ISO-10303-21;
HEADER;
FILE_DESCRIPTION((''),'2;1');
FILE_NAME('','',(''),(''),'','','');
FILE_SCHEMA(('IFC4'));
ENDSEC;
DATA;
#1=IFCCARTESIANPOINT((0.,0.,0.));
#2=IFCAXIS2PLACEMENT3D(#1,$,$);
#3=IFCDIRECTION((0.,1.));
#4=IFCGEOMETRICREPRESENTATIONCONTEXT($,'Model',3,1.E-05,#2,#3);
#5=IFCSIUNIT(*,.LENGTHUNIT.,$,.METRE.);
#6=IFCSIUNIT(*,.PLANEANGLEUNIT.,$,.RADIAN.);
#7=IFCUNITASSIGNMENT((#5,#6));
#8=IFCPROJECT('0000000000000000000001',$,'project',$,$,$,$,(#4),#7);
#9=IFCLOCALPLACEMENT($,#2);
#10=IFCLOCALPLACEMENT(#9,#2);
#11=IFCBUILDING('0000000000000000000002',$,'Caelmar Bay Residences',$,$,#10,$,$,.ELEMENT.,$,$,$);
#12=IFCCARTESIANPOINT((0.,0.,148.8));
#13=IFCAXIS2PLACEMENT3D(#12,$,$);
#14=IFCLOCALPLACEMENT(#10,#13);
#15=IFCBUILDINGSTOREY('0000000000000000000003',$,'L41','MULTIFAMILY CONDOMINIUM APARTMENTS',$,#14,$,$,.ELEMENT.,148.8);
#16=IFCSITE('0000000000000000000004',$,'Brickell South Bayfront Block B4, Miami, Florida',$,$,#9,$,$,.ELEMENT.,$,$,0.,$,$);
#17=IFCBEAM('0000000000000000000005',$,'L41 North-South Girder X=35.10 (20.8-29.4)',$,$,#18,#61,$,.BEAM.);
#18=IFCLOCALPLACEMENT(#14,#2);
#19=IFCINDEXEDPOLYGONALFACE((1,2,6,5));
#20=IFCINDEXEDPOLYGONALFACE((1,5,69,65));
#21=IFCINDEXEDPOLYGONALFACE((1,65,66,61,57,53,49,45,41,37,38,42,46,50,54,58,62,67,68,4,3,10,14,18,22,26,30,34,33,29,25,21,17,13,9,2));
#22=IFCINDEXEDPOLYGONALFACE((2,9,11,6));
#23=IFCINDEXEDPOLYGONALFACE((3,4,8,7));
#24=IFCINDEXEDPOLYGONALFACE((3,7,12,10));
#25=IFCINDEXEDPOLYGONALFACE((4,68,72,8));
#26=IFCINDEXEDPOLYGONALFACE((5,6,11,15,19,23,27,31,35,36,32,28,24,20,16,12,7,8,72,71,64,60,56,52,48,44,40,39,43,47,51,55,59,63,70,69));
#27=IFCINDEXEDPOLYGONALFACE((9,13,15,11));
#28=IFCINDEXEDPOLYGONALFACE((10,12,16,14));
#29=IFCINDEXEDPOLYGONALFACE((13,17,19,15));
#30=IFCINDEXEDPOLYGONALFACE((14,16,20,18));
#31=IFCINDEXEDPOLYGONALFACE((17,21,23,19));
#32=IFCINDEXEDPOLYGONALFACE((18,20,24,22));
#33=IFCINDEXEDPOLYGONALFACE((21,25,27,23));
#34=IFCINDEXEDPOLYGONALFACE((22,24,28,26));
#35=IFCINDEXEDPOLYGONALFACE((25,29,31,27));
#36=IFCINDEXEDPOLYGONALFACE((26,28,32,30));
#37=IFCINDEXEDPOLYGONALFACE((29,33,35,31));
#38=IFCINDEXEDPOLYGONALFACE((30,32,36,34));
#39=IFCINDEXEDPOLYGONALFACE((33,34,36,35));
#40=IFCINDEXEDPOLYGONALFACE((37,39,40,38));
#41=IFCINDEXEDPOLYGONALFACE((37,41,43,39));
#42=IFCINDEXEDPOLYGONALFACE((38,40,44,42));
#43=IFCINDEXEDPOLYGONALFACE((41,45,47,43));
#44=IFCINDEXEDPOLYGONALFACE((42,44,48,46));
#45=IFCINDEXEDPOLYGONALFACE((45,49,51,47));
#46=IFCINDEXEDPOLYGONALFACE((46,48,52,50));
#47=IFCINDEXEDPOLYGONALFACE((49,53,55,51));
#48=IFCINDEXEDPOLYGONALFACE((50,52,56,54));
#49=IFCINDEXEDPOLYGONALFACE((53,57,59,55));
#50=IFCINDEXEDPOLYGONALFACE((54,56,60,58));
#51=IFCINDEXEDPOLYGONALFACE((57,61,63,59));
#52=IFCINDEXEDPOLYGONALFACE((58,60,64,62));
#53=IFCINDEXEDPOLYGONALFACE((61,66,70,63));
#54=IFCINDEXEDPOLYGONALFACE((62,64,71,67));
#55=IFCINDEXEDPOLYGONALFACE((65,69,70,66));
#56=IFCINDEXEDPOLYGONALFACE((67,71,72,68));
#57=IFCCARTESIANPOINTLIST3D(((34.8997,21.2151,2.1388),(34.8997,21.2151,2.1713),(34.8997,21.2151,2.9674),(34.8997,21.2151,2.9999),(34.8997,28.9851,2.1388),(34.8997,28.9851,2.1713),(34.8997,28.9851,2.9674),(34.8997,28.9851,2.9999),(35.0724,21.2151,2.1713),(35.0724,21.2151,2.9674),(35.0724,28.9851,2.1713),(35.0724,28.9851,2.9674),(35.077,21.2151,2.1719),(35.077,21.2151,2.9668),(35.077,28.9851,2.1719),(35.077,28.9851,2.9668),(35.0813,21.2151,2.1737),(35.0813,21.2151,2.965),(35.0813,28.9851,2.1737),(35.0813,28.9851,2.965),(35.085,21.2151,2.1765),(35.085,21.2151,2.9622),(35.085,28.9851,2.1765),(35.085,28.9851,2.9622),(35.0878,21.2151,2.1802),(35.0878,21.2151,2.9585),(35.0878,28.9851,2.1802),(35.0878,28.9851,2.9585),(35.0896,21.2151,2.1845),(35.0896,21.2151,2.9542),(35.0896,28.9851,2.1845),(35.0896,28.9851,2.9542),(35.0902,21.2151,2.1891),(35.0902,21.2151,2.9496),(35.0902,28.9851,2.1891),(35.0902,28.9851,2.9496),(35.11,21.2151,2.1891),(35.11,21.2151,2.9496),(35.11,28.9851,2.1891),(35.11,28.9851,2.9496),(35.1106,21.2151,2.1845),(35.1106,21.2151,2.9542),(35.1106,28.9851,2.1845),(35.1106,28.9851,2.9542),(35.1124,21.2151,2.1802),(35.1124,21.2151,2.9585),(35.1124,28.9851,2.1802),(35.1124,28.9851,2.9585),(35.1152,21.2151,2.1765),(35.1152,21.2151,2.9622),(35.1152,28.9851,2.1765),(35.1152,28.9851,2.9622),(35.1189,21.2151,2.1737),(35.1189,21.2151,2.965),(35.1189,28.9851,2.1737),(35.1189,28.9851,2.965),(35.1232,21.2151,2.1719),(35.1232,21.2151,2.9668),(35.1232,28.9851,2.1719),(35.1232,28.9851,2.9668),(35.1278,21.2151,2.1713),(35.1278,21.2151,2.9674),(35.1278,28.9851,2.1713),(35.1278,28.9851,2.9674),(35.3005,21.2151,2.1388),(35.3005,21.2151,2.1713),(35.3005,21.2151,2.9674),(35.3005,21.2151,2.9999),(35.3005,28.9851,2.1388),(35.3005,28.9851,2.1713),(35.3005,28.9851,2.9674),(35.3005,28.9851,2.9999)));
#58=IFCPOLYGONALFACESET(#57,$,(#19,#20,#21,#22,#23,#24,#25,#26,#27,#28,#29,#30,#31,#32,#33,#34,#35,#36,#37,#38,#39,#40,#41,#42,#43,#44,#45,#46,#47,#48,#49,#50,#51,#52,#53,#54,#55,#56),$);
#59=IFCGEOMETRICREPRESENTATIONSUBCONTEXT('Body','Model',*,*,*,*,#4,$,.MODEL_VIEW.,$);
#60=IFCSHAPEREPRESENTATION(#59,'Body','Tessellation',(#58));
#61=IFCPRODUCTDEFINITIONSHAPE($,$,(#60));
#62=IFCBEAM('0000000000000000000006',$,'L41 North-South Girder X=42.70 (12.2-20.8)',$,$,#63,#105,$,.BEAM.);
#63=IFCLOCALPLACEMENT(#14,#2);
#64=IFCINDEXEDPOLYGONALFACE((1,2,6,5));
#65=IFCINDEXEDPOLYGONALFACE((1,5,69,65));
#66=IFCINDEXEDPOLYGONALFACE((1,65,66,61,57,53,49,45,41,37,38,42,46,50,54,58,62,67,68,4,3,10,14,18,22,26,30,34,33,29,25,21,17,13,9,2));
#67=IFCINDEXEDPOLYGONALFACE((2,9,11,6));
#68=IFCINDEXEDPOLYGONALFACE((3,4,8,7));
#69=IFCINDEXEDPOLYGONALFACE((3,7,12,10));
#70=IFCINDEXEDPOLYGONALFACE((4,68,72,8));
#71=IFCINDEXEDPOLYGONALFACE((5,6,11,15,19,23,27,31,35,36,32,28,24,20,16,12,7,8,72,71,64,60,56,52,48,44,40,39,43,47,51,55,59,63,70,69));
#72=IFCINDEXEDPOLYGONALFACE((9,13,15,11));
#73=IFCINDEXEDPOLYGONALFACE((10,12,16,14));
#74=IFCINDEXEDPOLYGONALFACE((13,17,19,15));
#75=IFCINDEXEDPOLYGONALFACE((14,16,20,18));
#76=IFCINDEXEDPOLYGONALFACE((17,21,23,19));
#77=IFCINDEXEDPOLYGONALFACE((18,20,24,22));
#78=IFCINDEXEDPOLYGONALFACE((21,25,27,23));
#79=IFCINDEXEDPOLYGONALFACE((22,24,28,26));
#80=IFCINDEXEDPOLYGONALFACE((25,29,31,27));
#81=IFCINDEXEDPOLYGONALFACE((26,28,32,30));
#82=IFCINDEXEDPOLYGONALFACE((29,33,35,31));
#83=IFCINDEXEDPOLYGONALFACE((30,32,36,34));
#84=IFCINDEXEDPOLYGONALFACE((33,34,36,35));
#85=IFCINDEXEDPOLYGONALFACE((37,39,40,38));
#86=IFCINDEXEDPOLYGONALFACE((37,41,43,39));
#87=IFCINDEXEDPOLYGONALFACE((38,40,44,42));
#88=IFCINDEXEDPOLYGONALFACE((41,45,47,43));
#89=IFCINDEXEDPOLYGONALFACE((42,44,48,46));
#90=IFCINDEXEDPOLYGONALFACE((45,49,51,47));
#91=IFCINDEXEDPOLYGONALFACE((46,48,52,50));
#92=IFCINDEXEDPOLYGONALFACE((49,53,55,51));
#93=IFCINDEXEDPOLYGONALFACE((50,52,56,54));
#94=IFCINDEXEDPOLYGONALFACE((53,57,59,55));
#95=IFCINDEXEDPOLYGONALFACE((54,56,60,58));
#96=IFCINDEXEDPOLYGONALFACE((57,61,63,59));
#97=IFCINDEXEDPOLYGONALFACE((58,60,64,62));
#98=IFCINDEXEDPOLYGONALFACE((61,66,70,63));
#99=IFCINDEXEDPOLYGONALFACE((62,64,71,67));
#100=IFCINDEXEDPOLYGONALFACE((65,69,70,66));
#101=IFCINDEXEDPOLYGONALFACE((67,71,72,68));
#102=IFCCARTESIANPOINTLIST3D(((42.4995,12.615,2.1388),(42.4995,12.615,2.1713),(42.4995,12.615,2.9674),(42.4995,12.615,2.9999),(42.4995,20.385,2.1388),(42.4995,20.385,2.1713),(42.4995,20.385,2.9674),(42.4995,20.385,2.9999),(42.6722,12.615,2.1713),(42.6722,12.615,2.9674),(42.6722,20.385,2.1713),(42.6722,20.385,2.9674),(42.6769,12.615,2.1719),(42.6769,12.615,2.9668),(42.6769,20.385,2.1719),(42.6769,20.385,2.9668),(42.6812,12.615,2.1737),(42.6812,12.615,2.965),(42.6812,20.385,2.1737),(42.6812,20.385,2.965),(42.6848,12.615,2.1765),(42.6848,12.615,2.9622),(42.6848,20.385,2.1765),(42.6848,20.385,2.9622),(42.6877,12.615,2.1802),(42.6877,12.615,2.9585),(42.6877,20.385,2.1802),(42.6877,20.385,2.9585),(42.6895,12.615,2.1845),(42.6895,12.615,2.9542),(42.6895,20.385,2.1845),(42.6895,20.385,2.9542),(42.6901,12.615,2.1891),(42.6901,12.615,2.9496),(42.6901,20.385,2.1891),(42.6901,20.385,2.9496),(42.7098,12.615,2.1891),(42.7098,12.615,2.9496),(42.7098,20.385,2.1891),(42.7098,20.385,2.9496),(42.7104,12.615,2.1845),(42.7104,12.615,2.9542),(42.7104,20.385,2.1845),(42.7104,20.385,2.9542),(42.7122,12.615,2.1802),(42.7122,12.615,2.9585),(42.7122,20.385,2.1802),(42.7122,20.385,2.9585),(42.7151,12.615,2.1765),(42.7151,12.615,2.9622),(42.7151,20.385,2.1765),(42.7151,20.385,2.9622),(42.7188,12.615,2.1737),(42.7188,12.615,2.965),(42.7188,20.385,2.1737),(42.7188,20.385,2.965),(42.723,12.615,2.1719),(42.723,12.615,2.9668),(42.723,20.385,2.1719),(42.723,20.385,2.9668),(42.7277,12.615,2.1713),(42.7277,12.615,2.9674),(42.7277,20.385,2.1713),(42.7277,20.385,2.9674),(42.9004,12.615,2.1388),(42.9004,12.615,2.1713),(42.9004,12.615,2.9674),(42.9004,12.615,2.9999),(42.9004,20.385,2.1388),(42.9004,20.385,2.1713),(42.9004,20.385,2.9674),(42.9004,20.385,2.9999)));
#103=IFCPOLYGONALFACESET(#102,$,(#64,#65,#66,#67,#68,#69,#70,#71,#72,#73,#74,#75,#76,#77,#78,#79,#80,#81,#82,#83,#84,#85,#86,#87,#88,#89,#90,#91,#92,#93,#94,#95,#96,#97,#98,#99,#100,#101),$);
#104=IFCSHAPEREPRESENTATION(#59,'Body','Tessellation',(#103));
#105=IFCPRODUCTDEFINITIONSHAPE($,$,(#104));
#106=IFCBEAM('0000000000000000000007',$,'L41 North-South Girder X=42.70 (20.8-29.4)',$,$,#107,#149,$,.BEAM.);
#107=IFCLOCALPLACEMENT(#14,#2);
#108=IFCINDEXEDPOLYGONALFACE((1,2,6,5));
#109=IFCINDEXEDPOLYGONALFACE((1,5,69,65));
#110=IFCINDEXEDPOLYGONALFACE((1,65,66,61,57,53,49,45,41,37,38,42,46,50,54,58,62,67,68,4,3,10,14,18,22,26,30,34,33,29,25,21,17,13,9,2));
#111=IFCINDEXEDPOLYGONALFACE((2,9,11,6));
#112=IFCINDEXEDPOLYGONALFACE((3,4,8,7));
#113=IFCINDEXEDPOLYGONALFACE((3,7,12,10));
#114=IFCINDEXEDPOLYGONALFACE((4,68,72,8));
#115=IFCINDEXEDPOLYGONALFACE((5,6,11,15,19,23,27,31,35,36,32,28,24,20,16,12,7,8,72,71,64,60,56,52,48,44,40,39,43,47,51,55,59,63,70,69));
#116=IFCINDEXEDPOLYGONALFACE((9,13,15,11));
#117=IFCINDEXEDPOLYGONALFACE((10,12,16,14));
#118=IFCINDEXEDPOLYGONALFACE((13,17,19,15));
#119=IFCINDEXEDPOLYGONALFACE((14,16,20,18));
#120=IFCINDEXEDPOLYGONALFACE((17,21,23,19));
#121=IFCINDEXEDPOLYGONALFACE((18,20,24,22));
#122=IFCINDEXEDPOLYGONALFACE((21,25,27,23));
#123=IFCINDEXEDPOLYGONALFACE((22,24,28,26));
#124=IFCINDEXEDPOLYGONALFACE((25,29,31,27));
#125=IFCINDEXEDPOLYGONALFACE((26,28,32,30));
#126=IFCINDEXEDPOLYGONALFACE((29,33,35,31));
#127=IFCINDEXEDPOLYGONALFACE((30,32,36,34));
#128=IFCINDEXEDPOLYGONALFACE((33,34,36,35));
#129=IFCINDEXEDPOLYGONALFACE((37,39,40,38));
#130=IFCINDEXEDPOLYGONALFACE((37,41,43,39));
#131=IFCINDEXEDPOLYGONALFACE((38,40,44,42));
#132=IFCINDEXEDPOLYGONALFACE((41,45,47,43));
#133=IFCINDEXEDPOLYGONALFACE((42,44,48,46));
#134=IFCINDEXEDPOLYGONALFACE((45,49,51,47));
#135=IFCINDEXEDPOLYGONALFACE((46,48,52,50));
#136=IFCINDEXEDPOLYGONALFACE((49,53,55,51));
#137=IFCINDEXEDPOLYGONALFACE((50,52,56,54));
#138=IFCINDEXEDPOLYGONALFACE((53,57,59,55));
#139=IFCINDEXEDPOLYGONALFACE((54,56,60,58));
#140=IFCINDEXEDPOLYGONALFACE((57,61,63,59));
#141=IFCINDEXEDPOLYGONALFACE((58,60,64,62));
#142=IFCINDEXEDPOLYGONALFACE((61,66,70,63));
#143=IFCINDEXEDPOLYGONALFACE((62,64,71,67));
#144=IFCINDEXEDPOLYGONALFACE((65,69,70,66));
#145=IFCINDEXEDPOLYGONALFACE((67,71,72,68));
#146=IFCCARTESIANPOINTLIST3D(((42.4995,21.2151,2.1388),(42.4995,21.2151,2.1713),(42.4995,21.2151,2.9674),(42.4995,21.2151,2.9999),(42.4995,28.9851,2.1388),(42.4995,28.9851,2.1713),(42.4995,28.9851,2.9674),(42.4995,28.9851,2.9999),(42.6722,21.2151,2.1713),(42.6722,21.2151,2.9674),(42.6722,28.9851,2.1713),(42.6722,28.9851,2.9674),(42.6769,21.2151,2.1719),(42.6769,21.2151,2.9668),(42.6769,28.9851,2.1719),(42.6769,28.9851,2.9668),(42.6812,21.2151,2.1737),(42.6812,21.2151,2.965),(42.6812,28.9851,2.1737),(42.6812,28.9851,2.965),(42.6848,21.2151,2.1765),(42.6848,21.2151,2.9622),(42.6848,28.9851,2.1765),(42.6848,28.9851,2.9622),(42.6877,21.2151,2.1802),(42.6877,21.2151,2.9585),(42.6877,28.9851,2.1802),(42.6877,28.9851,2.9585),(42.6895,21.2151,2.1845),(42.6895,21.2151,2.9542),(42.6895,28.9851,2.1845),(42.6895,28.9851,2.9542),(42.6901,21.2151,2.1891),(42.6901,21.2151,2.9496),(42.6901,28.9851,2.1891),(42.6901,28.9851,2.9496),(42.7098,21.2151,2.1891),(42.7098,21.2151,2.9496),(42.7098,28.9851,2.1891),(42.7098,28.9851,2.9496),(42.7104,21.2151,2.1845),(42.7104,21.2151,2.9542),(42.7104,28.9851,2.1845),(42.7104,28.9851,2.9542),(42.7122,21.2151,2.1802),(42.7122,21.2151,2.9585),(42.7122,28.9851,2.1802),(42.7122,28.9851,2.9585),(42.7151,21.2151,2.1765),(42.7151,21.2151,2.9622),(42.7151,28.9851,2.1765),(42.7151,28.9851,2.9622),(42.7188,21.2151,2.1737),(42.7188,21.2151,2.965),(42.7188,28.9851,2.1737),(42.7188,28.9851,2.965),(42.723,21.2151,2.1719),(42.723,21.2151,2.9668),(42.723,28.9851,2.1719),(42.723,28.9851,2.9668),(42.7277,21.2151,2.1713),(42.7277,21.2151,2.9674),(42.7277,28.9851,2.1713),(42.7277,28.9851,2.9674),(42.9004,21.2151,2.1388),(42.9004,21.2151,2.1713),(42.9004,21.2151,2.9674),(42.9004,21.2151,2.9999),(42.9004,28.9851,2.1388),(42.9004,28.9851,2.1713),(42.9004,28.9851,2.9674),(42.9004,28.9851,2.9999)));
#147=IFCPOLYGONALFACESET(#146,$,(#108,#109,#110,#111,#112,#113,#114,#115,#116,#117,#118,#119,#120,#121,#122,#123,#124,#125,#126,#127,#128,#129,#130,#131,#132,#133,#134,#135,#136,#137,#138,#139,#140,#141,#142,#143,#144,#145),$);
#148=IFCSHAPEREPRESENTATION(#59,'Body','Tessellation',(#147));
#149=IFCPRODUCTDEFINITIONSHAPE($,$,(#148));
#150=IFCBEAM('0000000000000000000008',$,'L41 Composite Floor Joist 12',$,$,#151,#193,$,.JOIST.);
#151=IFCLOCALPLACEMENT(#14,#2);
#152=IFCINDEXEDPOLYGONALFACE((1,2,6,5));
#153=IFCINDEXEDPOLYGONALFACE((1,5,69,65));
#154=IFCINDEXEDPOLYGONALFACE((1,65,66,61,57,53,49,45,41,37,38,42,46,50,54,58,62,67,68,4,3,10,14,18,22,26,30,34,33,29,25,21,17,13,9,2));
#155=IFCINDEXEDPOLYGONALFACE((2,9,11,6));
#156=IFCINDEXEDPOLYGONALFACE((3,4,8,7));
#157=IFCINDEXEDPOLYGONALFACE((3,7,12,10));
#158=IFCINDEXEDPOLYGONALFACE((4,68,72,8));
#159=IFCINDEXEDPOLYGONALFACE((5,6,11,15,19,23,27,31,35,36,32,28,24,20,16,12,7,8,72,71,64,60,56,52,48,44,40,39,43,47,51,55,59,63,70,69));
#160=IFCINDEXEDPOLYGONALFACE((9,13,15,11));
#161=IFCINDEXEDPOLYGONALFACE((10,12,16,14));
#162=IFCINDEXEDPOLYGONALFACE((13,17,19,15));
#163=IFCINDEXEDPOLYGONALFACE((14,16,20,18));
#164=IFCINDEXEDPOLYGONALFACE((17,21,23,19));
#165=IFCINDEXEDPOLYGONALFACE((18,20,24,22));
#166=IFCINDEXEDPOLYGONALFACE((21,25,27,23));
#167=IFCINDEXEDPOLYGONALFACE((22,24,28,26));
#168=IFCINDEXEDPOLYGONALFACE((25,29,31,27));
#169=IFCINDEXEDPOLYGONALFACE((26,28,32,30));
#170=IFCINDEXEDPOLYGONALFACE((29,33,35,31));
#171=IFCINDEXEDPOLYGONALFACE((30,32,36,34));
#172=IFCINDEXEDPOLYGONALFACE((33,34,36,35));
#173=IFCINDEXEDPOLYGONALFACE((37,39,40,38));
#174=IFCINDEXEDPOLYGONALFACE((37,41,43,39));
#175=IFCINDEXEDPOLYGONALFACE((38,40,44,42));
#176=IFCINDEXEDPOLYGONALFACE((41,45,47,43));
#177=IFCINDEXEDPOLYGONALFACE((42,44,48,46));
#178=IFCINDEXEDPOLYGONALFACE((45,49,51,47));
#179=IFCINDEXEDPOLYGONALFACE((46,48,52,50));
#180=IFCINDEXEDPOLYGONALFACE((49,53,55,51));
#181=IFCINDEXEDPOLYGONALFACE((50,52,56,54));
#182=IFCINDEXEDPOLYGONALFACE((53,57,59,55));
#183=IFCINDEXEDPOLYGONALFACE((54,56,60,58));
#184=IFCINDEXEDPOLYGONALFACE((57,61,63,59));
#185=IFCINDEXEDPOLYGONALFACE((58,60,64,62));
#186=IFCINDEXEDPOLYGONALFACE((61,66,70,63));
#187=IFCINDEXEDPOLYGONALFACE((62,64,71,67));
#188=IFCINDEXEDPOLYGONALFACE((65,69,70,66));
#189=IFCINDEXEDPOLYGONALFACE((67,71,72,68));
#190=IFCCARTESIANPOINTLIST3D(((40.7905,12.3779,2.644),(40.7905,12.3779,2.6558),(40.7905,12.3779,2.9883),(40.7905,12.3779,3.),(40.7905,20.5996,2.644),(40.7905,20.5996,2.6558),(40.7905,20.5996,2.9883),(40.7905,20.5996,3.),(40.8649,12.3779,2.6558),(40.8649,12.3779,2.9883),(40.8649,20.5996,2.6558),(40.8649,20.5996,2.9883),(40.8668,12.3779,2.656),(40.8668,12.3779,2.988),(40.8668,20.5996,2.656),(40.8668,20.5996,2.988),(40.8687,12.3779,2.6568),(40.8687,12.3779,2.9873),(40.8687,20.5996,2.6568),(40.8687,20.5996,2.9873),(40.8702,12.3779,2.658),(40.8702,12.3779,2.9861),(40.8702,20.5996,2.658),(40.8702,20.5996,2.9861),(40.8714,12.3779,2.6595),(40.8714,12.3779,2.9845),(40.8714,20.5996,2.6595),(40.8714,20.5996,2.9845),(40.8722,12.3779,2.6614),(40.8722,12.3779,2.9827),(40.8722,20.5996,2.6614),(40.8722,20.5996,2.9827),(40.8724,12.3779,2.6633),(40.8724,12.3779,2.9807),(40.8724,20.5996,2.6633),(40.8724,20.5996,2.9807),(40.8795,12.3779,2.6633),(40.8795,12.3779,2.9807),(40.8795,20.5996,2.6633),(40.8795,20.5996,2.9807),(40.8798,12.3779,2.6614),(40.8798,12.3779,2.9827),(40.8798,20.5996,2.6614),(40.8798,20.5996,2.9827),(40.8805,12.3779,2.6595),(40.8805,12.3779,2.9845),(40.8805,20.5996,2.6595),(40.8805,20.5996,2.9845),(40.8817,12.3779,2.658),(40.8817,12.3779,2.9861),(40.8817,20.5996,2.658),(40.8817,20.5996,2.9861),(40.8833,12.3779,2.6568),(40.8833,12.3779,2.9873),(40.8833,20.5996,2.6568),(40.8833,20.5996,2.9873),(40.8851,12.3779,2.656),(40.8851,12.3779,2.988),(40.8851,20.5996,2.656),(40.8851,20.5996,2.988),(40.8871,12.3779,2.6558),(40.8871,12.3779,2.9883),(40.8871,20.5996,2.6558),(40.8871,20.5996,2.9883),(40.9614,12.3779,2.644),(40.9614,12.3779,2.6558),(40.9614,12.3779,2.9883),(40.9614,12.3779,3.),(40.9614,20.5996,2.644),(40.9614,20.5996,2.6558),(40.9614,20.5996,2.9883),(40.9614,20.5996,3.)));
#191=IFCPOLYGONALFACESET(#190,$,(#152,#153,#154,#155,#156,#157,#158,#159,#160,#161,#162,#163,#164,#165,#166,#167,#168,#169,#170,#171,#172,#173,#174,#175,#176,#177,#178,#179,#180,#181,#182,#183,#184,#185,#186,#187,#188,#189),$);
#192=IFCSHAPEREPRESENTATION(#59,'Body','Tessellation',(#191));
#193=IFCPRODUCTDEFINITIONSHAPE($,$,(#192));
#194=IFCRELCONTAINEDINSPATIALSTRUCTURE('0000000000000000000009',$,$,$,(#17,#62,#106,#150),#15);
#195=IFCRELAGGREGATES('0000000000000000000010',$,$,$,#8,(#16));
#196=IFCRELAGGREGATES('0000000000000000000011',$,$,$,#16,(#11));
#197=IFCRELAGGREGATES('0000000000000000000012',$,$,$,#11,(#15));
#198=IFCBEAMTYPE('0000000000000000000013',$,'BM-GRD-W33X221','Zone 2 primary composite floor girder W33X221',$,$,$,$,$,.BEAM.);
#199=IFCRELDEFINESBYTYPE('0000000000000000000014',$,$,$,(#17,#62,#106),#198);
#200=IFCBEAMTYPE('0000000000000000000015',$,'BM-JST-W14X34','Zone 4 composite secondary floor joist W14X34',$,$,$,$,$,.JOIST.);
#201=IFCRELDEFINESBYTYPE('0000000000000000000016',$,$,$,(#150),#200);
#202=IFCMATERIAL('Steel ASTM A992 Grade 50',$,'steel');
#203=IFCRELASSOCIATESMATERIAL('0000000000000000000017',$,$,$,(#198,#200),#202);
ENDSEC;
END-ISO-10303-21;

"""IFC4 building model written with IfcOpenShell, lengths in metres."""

from ifc_helpers import new_model, si_unit, direction, frame, origin, origin_2d, place, context, subcontext, project, spatial, i_section, extrude, material, material_profile, profile_set, type_object, element, save


model = new_model("IFC4")

# Units and contexts
model_context = context("Model", 3, precision=1e-05, world=origin(), true_north=direction((0.0, 1.0)))
body_context = subcontext(model_context, "Body", "Model", "MODEL_VIEW")
ifc_project = project(units=[si_unit("LENGTHUNIT", "METRE"), si_unit("PLANEANGLEUNIT", "RADIAN")], contexts=[model_context])

# Site, building, storey
site_placement = place(None, origin())
site = spatial("IfcSite", under=ifc_project, at=site_placement, Name="Brickell South Bayfront Block B4, Miami, Florida", CompositionType="ELEMENT", RefElevation=0.0)
building_placement = place(site_placement, origin())
building = spatial("IfcBuilding", under=site, at=building_placement, Name="Caelmar Bay Residences", CompositionType="ELEMENT")
storey_placement = place(building_placement, frame((0.0, 0.0, 148.8)))
storey = spatial("IfcBuildingStorey", under=building, at=storey_placement, Name="L41", Description="MULTIFAMILY CONDOMINIUM APARTMENTS", CompositionType="ELEMENT", Elevation=148.8)

# Beams
ifc_material_1 = material(Name="Steel ASTM A992 Grade 50", Category="steel")
ifc_material_profile_1 = material_profile(ifc_material_1, i_section(OverallWidth=0.4009, OverallDepth=0.8611, WebThickness=0.0198, FlangeThickness=0.0325, FilletRadius=0.0178, at=origin_2d()), Name="W33X221")
ifc_profile_set_1 = profile_set([ifc_material_profile_1], Name="Steel ASTM A992 Grade 50")
beam_type_1 = type_object("IfcBeamType", Name="BM-GRD-W33X221", Description="Zone 2 primary composite floor girder W33X221", PredefinedType="BEAM", material=ifc_profile_set_1)
for number, where, z_axis, x_axis, name in (
    (1, (35.1001, 21.2151, 2.5693), (0.0, 1.0, 0.0), (-1.0, 0.0, 0.0), "L41 North-South Girder X=35.10 (20.8-29.4)"),
    (2, (42.7, 12.615, 2.5693), (0.0, 1.0, 0.0), (-1.0, 0.0, 0.0), "L41 North-South Girder X=42.70 (12.2-20.8)"),
    (3, (42.7, 21.2151, 2.5693), (0.0, 1.0, 0.0), (-1.0, 0.0, 0.0), "L41 North-South Girder X=42.70 (20.8-29.4)"),
):
    element("IfcBeam", number, at=place(storey_placement, frame(where, z_axis=z_axis, x_axis=x_axis)), inside=storey, type_object=beam_type_1, Name=name, PredefinedType="BEAM", context=body_context, shape_type="SweptSolid", body=[
        extrude(i_section(OverallWidth=0.4009, OverallDepth=0.8611, WebThickness=0.0198, FlangeThickness=0.0325, FilletRadius=0.0178, at=origin_2d()), origin(), (0.0, 0.0, 1.0), 7.77),
    ])
ifc_material_profile_2 = material_profile(ifc_material_1, i_section(OverallWidth=0.1709, OverallDepth=0.356, WebThickness=0.0071, FlangeThickness=0.0117, FilletRadius=0.0076, at=origin_2d()), Name="W14X34")
ifc_profile_set_2 = profile_set([ifc_material_profile_2], Name="Steel ASTM A992 Grade 50")
beam_type_2 = type_object("IfcBeamType", Name="BM-JST-W14X34", Description="Zone 4 composite secondary floor joist W14X34", PredefinedType="JOIST", material=ifc_profile_set_2)
for number, where, z_axis, x_axis, name in (
    (4, (40.876, 12.3779, 2.822), (0.0, 1.0, 0.0), (-1.0, 0.0, 0.0), "L41 Composite Floor Joist 12"),
):
    element("IfcBeam", number, at=place(storey_placement, frame(where, z_axis=z_axis, x_axis=x_axis)), inside=storey, type_object=beam_type_2, Name=name, PredefinedType="JOIST", context=body_context, shape_type="SweptSolid", body=[
        extrude(i_section(OverallWidth=0.1709, OverallDepth=0.356, WebThickness=0.0071, FlangeThickness=0.0117, FilletRadius=0.0076, at=origin_2d()), origin(), (0.0, 0.0, 1.0), 8.2217),
    ])

save(model, "model.ifc")
